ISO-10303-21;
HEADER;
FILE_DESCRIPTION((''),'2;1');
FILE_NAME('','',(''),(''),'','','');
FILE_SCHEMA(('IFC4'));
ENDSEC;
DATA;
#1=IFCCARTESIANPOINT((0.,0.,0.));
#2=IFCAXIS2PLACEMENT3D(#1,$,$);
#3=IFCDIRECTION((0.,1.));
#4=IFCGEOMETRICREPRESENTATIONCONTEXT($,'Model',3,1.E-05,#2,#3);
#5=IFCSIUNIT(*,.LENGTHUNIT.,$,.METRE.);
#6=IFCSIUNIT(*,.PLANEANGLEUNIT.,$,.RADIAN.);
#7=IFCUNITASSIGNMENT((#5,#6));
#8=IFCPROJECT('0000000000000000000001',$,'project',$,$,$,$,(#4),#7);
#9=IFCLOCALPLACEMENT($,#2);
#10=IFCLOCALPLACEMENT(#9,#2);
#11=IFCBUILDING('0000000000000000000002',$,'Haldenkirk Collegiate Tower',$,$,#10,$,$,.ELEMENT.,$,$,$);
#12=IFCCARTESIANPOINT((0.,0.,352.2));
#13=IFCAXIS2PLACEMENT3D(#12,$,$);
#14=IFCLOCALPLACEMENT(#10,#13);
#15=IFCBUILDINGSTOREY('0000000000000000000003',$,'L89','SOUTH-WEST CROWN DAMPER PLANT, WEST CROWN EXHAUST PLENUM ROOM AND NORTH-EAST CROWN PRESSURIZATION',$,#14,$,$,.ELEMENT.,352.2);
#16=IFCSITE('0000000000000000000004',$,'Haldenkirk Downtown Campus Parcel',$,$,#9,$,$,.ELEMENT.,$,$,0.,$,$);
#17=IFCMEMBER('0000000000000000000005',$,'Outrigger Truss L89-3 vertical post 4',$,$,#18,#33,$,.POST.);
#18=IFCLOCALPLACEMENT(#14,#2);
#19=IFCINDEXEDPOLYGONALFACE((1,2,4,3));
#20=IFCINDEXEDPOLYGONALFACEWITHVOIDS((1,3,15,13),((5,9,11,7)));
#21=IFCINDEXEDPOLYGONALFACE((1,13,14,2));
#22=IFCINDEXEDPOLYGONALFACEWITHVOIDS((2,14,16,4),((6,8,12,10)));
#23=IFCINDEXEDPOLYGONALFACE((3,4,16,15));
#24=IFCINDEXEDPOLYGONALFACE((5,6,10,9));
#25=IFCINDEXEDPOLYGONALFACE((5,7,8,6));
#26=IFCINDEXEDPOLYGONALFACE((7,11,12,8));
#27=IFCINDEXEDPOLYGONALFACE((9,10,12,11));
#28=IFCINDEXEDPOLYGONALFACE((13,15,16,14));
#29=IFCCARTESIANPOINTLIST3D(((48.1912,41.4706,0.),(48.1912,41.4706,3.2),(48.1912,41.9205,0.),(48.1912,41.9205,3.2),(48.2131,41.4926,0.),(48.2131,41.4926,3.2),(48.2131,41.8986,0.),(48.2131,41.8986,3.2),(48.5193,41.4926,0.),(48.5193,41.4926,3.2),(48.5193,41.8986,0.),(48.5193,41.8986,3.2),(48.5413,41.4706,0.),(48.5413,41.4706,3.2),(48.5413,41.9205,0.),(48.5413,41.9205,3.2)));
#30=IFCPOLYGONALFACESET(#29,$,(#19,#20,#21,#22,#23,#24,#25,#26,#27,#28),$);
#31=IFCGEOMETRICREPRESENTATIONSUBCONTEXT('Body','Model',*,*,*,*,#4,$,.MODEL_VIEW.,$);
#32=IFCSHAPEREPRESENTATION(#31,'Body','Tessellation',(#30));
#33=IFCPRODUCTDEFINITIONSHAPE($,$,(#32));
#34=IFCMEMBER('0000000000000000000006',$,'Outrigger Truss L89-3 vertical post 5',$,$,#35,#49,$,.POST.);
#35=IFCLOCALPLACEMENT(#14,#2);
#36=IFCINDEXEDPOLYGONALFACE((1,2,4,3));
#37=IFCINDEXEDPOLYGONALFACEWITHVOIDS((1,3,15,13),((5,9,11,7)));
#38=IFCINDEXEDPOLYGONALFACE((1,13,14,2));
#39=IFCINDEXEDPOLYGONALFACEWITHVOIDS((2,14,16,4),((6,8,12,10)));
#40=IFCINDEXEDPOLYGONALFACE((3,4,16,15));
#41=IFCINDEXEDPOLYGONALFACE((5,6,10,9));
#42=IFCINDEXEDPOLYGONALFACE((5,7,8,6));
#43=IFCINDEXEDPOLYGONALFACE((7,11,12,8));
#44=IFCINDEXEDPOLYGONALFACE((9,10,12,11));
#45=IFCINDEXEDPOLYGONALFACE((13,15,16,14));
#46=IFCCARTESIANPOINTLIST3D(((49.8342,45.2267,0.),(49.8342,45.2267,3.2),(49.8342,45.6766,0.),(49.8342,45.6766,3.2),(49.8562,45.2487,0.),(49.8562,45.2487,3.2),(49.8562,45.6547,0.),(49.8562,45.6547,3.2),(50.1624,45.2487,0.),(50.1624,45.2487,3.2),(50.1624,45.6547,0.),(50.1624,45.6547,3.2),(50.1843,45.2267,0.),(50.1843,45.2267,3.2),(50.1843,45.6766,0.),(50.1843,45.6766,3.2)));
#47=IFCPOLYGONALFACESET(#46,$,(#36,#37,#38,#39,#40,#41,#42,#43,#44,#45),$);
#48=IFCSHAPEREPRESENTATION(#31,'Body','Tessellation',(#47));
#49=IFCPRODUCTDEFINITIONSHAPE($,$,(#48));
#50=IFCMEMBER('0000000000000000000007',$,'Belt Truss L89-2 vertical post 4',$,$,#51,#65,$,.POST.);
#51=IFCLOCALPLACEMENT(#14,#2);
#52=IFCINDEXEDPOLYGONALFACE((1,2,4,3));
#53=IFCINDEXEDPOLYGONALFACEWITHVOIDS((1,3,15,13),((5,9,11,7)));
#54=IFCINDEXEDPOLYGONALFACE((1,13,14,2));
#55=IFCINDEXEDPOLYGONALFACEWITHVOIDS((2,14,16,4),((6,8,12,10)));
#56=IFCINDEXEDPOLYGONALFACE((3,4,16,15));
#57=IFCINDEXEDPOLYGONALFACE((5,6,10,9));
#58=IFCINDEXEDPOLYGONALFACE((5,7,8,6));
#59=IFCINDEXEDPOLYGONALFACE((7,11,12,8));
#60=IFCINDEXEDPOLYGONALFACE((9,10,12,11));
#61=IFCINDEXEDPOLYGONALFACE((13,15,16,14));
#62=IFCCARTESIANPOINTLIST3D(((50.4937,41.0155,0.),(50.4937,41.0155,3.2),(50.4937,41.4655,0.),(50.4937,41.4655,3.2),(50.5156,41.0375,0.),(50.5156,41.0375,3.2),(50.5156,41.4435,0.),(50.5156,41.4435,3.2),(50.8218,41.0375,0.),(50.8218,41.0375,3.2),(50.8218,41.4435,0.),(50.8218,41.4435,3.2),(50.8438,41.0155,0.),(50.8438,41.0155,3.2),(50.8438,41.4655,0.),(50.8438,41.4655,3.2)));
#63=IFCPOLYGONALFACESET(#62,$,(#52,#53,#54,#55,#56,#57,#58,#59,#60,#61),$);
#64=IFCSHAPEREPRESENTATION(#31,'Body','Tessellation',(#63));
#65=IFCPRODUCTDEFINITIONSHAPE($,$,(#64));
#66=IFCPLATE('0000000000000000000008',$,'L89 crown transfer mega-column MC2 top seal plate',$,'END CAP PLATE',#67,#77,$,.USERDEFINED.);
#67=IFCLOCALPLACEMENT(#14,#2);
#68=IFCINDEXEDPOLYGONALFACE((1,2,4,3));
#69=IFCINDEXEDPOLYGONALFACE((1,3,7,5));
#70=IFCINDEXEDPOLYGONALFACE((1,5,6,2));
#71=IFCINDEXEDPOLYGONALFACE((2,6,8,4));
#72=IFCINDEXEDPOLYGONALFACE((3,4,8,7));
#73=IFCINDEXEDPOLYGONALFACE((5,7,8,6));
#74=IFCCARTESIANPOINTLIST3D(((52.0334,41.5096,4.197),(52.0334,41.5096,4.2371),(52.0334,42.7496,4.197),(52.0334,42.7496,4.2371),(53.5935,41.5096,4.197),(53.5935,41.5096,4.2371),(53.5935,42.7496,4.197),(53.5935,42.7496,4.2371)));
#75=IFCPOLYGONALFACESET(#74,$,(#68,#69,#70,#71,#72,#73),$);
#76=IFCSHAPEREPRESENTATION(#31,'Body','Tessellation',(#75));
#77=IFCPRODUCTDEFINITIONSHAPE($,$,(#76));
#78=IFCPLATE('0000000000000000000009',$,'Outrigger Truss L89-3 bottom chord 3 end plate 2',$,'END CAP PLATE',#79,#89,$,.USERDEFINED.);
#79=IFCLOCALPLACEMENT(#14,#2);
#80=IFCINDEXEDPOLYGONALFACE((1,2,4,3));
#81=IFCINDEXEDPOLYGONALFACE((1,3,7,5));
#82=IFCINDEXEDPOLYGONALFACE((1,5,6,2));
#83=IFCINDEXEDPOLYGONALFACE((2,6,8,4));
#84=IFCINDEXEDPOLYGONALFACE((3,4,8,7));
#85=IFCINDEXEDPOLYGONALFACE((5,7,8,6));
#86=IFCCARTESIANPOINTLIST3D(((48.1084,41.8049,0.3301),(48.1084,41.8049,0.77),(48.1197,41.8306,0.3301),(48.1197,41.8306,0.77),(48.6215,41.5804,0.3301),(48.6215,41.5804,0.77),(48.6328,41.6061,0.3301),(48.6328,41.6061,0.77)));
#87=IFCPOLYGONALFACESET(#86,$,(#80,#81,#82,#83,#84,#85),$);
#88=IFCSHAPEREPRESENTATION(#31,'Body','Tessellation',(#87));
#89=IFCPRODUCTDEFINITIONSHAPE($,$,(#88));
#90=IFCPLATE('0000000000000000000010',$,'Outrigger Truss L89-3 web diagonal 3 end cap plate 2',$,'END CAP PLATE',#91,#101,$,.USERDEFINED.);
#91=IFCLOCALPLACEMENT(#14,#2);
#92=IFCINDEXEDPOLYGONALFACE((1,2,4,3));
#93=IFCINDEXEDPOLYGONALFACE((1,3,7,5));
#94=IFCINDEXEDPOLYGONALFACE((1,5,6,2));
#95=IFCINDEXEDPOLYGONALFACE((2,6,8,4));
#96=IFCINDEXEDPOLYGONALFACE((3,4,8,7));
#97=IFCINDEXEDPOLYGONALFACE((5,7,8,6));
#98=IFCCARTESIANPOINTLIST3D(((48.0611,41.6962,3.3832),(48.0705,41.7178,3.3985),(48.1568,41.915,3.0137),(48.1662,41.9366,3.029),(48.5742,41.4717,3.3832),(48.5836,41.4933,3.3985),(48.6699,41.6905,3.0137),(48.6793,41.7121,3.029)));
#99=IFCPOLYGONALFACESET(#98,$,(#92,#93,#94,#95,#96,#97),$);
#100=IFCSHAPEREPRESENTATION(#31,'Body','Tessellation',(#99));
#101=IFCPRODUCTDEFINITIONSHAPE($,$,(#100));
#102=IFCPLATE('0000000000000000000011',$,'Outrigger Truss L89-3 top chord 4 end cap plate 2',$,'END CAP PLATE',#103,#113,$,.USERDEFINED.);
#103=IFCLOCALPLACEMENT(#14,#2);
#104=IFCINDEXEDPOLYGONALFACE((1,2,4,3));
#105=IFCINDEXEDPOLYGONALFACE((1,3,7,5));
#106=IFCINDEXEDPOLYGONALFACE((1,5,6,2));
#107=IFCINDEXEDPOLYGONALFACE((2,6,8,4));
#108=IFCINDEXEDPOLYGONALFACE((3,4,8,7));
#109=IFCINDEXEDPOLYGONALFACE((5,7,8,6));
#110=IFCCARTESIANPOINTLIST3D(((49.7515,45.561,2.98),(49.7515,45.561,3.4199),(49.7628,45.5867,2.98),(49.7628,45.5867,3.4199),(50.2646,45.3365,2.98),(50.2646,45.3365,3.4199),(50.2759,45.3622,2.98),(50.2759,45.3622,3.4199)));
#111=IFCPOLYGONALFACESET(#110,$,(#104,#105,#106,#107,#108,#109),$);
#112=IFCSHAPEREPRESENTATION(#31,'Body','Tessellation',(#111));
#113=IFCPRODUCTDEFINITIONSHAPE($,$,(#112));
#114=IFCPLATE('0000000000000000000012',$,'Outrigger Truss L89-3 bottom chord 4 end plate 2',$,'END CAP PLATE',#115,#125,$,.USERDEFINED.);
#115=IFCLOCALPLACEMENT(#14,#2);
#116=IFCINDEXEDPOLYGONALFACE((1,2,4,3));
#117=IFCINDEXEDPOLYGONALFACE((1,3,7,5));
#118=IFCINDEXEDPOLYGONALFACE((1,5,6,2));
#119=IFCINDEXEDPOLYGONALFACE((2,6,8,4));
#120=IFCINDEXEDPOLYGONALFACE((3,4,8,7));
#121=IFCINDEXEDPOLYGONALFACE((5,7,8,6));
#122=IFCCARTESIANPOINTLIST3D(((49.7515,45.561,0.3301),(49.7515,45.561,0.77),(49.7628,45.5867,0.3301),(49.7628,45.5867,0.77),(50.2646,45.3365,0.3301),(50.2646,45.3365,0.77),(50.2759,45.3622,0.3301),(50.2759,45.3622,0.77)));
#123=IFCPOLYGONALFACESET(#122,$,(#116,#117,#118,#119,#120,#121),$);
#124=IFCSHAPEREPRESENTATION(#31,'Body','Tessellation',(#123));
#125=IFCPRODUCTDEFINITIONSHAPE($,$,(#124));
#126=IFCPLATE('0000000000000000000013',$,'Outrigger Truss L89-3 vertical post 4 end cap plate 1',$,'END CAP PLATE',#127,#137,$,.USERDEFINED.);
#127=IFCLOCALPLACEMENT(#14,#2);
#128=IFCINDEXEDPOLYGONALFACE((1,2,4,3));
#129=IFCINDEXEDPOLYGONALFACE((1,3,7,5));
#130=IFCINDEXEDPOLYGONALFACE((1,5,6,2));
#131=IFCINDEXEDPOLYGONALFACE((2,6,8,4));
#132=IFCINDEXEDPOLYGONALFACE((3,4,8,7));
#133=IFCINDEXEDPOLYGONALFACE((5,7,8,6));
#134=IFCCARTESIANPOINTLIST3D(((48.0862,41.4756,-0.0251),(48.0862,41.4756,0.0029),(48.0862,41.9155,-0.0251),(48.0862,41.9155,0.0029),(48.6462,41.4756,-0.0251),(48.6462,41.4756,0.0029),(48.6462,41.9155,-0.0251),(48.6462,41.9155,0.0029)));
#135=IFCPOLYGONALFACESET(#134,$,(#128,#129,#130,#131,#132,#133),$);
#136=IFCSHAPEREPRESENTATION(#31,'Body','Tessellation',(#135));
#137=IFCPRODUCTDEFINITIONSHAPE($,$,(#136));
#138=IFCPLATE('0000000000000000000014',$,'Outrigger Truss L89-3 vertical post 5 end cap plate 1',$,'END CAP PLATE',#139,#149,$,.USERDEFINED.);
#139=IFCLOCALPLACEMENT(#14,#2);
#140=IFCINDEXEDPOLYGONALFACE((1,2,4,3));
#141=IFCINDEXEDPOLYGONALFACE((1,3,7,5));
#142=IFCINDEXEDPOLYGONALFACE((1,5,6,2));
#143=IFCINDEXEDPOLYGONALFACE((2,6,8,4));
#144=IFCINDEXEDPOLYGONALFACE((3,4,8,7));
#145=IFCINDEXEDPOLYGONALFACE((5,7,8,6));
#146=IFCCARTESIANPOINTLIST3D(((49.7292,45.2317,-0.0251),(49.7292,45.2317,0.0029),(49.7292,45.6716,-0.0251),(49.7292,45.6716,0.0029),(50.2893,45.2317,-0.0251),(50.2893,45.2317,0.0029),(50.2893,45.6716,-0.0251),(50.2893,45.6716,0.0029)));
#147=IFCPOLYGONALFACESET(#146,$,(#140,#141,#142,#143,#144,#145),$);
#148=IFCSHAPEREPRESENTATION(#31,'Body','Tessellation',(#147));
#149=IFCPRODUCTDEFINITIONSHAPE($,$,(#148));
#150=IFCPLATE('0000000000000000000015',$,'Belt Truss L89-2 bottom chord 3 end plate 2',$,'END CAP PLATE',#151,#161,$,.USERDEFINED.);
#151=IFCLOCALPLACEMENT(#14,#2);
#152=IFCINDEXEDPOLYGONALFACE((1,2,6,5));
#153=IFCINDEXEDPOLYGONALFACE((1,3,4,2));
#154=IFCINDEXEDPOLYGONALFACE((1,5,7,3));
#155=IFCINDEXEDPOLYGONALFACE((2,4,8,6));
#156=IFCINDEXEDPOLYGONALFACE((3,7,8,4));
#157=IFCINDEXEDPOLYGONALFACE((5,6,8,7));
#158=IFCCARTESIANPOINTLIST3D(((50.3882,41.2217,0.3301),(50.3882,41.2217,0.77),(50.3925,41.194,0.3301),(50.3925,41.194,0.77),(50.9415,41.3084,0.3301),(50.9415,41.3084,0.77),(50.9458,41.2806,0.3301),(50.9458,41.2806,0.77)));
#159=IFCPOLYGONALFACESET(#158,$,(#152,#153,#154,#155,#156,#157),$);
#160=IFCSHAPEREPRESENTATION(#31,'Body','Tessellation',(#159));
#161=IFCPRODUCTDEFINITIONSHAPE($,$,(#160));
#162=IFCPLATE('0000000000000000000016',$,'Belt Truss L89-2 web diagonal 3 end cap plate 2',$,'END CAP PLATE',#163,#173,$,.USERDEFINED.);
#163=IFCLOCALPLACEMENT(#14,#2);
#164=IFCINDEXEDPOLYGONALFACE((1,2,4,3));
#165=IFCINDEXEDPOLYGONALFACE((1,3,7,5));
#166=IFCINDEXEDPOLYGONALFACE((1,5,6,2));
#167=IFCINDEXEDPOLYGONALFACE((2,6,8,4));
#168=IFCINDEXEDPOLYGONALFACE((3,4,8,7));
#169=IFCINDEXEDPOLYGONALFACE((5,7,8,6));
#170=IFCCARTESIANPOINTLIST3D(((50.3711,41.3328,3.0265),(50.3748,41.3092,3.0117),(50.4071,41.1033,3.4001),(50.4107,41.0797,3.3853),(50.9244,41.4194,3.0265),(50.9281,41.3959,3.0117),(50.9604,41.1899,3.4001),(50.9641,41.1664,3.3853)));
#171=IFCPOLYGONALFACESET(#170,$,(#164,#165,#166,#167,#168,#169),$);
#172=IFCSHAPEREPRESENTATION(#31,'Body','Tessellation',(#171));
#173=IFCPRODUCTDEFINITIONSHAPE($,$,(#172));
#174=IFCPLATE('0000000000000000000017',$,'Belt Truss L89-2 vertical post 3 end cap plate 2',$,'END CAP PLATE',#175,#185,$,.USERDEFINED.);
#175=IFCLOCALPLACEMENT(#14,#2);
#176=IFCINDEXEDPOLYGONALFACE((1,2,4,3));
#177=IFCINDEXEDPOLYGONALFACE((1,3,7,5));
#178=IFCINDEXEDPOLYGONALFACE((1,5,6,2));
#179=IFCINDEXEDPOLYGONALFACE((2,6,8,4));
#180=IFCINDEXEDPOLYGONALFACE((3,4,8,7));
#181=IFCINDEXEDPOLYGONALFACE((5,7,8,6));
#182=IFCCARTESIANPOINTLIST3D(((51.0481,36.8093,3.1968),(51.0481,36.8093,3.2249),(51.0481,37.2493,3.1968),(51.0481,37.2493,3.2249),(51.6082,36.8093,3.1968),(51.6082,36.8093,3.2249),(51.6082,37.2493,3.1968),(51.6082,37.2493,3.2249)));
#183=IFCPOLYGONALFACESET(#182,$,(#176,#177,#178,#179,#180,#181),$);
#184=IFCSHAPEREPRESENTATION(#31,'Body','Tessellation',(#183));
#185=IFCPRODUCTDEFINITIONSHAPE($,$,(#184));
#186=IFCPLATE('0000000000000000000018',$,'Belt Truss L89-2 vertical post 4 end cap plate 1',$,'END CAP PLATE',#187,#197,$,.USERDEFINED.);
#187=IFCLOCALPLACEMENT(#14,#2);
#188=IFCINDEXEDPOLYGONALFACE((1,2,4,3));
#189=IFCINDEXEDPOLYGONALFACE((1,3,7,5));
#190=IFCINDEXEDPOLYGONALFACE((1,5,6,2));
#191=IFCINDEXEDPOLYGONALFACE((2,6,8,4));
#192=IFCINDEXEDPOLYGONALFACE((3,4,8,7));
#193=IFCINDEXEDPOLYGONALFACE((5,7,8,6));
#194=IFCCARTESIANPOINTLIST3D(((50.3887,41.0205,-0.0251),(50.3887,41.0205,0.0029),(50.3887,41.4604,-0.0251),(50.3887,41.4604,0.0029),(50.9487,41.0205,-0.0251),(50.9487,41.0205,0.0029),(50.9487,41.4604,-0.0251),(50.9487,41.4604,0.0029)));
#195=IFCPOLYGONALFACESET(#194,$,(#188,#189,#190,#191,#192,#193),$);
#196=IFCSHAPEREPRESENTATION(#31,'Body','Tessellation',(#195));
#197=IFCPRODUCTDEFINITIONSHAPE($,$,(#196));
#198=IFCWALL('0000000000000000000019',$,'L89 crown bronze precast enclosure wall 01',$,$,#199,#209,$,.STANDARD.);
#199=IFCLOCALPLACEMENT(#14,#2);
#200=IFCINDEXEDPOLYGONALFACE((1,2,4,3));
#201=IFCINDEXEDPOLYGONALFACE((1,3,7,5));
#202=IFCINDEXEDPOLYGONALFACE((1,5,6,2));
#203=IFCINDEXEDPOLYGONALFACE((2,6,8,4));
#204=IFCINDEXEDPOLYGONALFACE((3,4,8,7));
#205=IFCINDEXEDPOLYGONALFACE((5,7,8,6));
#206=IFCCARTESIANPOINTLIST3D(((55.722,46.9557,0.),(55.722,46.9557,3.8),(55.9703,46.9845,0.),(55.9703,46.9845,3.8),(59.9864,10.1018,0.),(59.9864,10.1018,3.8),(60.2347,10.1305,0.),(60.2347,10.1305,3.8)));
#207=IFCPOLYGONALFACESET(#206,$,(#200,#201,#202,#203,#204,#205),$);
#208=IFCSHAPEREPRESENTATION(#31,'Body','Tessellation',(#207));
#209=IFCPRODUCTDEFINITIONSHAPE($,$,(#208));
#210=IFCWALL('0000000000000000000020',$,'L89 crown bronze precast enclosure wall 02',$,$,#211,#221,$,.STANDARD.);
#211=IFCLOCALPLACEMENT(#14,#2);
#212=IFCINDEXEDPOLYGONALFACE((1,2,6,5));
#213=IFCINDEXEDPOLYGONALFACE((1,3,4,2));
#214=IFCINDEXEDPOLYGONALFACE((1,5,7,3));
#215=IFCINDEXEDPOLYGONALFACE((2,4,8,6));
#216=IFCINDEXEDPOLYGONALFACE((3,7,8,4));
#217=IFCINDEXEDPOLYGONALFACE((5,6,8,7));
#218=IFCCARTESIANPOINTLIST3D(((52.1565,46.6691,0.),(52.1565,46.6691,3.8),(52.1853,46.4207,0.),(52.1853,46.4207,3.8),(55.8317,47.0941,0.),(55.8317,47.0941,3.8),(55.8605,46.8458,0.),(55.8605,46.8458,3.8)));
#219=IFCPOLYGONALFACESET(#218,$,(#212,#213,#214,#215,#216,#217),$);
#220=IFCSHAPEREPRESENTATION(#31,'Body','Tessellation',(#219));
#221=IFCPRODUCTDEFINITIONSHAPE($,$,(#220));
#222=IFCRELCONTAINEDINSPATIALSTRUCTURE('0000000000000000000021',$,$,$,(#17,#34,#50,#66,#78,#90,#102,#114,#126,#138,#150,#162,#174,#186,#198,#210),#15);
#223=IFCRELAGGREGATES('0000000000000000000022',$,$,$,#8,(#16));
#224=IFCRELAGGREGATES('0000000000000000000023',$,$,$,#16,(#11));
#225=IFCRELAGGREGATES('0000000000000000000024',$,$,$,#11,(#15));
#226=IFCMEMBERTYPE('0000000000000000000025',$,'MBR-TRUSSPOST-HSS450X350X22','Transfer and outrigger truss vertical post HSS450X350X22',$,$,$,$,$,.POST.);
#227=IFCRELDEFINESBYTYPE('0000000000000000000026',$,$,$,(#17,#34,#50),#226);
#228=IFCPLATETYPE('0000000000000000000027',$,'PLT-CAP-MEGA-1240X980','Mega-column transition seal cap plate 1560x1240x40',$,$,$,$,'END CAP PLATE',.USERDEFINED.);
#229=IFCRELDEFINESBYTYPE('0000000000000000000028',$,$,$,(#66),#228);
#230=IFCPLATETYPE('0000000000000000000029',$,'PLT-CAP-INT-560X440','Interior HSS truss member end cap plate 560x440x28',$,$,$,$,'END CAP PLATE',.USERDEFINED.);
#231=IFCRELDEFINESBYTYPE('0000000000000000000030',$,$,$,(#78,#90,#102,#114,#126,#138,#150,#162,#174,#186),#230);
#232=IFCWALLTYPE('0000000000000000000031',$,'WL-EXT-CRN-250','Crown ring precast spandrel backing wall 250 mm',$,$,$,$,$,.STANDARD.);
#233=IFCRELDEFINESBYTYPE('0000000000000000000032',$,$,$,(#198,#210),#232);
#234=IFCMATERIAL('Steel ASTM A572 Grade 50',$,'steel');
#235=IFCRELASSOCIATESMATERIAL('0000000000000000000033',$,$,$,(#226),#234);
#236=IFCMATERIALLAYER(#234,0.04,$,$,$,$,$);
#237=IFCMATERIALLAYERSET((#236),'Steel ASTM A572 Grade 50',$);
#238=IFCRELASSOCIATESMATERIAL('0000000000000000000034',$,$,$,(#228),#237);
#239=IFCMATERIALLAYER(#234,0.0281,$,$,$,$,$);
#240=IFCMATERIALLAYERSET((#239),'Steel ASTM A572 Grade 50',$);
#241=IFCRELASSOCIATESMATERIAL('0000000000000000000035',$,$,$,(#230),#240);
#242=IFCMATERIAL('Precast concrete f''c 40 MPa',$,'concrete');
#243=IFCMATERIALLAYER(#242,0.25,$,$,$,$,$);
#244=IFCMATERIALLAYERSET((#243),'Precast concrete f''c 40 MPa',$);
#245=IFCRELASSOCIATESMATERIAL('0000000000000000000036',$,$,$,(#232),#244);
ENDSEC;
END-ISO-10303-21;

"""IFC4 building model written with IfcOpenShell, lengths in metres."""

from ifc_helpers import new_model, si_unit, direction, frame, frame_2d, origin, origin_2d, place, context, subcontext, project, spatial, rectangle, hollow_rectangle, extrude, source, transform, mapped, material, layer, layer_set, material_profile, profile_set, type_object, element, save


model = new_model("IFC4")

# Units and contexts
model_context = context("Model", 3, precision=1e-05, world=origin(), true_north=direction((0.0, 1.0)))
body_context = subcontext(model_context, "Body", "Model", "MODEL_VIEW")
ifc_project = project(units=[si_unit("LENGTHUNIT", "METRE"), si_unit("PLANEANGLEUNIT", "RADIAN")], contexts=[model_context])

# Site, building, storey
site_placement = place(None, origin())
site = spatial("IfcSite", under=ifc_project, at=site_placement, Name="Haldenkirk Downtown Campus Parcel", CompositionType="ELEMENT", RefElevation=0.0)
building_placement = place(site_placement, origin())
building = spatial("IfcBuilding", under=site, at=building_placement, Name="Haldenkirk Collegiate Tower", CompositionType="ELEMENT")
storey_placement = place(building_placement, frame((0.0, 0.0, 352.2)))
storey = spatial("IfcBuildingStorey", under=building, at=storey_placement, Name="L89", Description="SOUTH-WEST CROWN DAMPER PLANT, WEST CROWN EXHAUST PLENUM ROOM AND NORTH-EAST CROWN PRESSURIZATION", CompositionType="ELEMENT", Elevation=352.2)

# Shared definitions
ifc_material_1 = material(Name="Steel ASTM A572 Grade 50", Category="steel")

# Members
ifc_material_profile_1 = material_profile(ifc_material_1, hollow_rectangle(XDim=0.3501, YDim=0.45, WallThickness=0.022, at=origin_2d()), Name="HSS450X350X22")
ifc_profile_set_1 = profile_set([ifc_material_profile_1], Name="Steel ASTM A572 Grade 50")
member_type_1 = type_object("IfcMemberType", Name="MBR-TRUSSPOST-HSS450X350X22", Description="Transfer and outrigger truss vertical post HSS450X350X22", PredefinedType="POST", material=ifc_profile_set_1)
for number, where, z_axis, x_axis, name in (
    (1, (48.3662, 41.6956, 0.0), (0.0, 0.0, 1.0), (1.0, 0.0, 0.0), "Outrigger Truss L89-3 vertical post 4"),
    (2, (50.0093, 45.4517, 0.0), (0.0, 0.0, 1.0), (1.0, 0.0, 0.0), "Outrigger Truss L89-3 vertical post 5"),
    (3, (50.6687, 41.2405, 0.0), (0.0, 0.0, 1.0), (1.0, 0.0, 0.0), "Belt Truss L89-2 vertical post 4"),
):
    element("IfcMember", number, at=place(storey_placement, frame(where, z_axis=z_axis, x_axis=x_axis)), inside=storey, type_object=member_type_1, Name=name, PredefinedType="POST", context=body_context, shape_type="SweptSolid", body=[
        extrude(hollow_rectangle(XDim=0.3501, YDim=0.45, WallThickness=0.022, at=origin_2d()), origin(), (0.0, 0.0, 1.0), 3.2),
    ])

# Plates
ifc_layer_1 = layer(ifc_material_1, 0.04)
ifc_layer_set_1 = layer_set([ifc_layer_1], Name="Steel ASTM A572 Grade 50")
plate_type_1 = type_object("IfcPlateType", Name="PLT-CAP-MEGA-1240X980", Description="Mega-column transition seal cap plate 1560x1240x40", ElementType="END CAP PLATE", PredefinedType="USERDEFINED", material=ifc_layer_set_1)
shared_shape_1 = source(origin(), body_context, "Body", "SweptSolid", [
    extrude(rectangle(XDim=1.5601, YDim=1.24, at=origin_2d()), origin(), (0.0, 0.0, 1.0), 0.04),
])
plate_placement = place(storey_placement, frame((52.8135, 42.1296, 4.197), z_axis=(0.0, 0.0, 1.0), x_axis=(1.0, 0.0, 0.0)))
element("IfcPlate", 4, at=plate_placement, inside=storey, type_object=plate_type_1, Name="L89 crown transfer mega-column MC2 top seal plate", ObjectType="END CAP PLATE", PredefinedType="USERDEFINED", context=body_context, shape_type="MappedRepresentation", body=[
    mapped(shared_shape_1, transform((0.0, 0.0, 0.0), x_axis=(1.0, 0.0, 0.0), y_axis=(0.0, 1.0, 0.0), z_axis=(0.0, 0.0, 1.0), scale=1.0)),
])
ifc_layer_2 = layer(ifc_material_1, 0.0281)
ifc_layer_set_2 = layer_set([ifc_layer_2], Name="Steel ASTM A572 Grade 50")
plate_type_2 = type_object("IfcPlateType", Name="PLT-CAP-INT-560X440", Description="Interior HSS truss member end cap plate 560x440x28", ElementType="END CAP PLATE", PredefinedType="USERDEFINED", material=ifc_layer_set_2)
shared_shape_2 = source(origin(), body_context, "Body", "SweptSolid", [
    extrude(rectangle(XDim=0.5601, YDim=0.4399, at=origin_2d()), origin(), (0.0, 0.0, 1.0), 0.0281),
])
for number, where, z_axis, x_axis, name in (
    (5, (48.365, 41.6926, 0.55), (0.400763, 0.916182, 0.0), (-0.916182, 0.400763, 0.0), "Outrigger Truss L89-3 bottom chord 3 end plate 2"),
    (6, (48.3655, 41.6934, 3.1985), (0.336581, 0.76944, 0.54284), (-0.916179, 0.40077, 0.0), "Outrigger Truss L89-3 web diagonal 3 end cap plate 2"),
    (7, (50.0081, 45.4487, 3.2), (0.400759, 0.916184, 0.0), (-0.916184, 0.400759, 0.0), "Outrigger Truss L89-3 top chord 4 end cap plate 2"),
    (8, (50.0081, 45.4487, 0.55), (0.400763, 0.916182, 0.0), (-0.916182, 0.400763, 0.0), "Outrigger Truss L89-3 bottom chord 4 end plate 2"),
    (9, (48.3662, 41.6956, 0.0029), (0.0, 0.0, -1.0), (1.0, 0.0, 0.0), "Outrigger Truss L89-3 vertical post 4 end cap plate 1"),
    (10, (50.0093, 45.4517, 0.0029), (0.0, 0.0, -1.0), (1.0, 0.0, 0.0), "Outrigger Truss L89-3 vertical post 5 end cap plate 1"),
    (11, (50.6692, 41.2373, 0.55), (-0.15471, 0.98796, 0.0), (-0.98796, -0.15471, 0.0), "Belt Truss L89-2 bottom chord 3 end plate 2"),
    (12, (50.6694, 41.2378, 3.1985), (-0.131378, 0.839032, 0.527982), (-0.987962, -0.154698, 0.0), "Belt Truss L89-2 web diagonal 3 end cap plate 2"),
    (13, (51.3281, 37.0293, 3.1968), (0.0, 0.0, 1.0), (1.0, 0.0, 0.0), "Belt Truss L89-2 vertical post 3 end cap plate 2"),
    (14, (50.6687, 41.2405, 0.0029), (0.0, 0.0, -1.0), (1.0, 0.0, 0.0), "Belt Truss L89-2 vertical post 4 end cap plate 1"),
):
    element("IfcPlate", number, at=place(storey_placement, frame(where, z_axis=z_axis, x_axis=x_axis)), inside=storey, type_object=plate_type_2, Name=name, ObjectType="END CAP PLATE", PredefinedType="USERDEFINED", context=body_context, shape_type="MappedRepresentation", body=[
        mapped(shared_shape_2, transform((0.0, 0.0, 0.0), x_axis=(1.0, 0.0, 0.0), y_axis=(0.0, 1.0, 0.0), z_axis=(0.0, 0.0, 1.0), scale=1.0)),
    ])

# Walls
ifc_material_2 = material(Name="Precast concrete f'c 40 MPa", Category="concrete")
ifc_layer_3 = layer(ifc_material_2, 0.25)
ifc_layer_set_3 = layer_set([ifc_layer_3], Name="Precast concrete f'c 40 MPa")
wall_type = type_object("IfcWallType", Name="WL-EXT-CRN-250", Description="Crown ring precast spandrel backing wall 250 mm", PredefinedType="STANDARD", material=ifc_layer_set_3)
wall_placement = place(storey_placement, frame((55.8462, 46.97, 0.0), z_axis=(0.0, 0.0, 1.0), x_axis=(0.114944, -0.993372, 0.0)))
element("IfcWall", 15, at=wall_placement, inside=storey, type_object=wall_type, Name="L89 crown bronze precast enclosure wall 01", PredefinedType="STANDARD", context=body_context, shape_type="SweptSolid", body=[
    extrude(rectangle(XDim=37.0999, YDim=0.25, at=frame_2d((18.5498, 0.0))), origin(), (0.0, 0.0, 1.0), 3.8),
])
for number, where, z_axis, x_axis, name in (
    (16, (52.1709, 46.5449, 0.0), (0.0, 0.0, 1.0), (0.993379, 0.114885, 0.0), "L89 crown bronze precast enclosure wall 02"),
):
    element("IfcWall", number, at=place(storey_placement, frame(where, z_axis=z_axis, x_axis=x_axis)), inside=storey, type_object=wall_type, Name=name, PredefinedType="STANDARD", context=body_context, shape_type="SweptSolid", body=[
        extrude(rectangle(XDim=3.6997, YDim=0.25, at=frame_2d((1.8499, 0.0))), origin(), (0.0, 0.0, 1.0), 3.8),
    ])

save(model, "model.ifc")
